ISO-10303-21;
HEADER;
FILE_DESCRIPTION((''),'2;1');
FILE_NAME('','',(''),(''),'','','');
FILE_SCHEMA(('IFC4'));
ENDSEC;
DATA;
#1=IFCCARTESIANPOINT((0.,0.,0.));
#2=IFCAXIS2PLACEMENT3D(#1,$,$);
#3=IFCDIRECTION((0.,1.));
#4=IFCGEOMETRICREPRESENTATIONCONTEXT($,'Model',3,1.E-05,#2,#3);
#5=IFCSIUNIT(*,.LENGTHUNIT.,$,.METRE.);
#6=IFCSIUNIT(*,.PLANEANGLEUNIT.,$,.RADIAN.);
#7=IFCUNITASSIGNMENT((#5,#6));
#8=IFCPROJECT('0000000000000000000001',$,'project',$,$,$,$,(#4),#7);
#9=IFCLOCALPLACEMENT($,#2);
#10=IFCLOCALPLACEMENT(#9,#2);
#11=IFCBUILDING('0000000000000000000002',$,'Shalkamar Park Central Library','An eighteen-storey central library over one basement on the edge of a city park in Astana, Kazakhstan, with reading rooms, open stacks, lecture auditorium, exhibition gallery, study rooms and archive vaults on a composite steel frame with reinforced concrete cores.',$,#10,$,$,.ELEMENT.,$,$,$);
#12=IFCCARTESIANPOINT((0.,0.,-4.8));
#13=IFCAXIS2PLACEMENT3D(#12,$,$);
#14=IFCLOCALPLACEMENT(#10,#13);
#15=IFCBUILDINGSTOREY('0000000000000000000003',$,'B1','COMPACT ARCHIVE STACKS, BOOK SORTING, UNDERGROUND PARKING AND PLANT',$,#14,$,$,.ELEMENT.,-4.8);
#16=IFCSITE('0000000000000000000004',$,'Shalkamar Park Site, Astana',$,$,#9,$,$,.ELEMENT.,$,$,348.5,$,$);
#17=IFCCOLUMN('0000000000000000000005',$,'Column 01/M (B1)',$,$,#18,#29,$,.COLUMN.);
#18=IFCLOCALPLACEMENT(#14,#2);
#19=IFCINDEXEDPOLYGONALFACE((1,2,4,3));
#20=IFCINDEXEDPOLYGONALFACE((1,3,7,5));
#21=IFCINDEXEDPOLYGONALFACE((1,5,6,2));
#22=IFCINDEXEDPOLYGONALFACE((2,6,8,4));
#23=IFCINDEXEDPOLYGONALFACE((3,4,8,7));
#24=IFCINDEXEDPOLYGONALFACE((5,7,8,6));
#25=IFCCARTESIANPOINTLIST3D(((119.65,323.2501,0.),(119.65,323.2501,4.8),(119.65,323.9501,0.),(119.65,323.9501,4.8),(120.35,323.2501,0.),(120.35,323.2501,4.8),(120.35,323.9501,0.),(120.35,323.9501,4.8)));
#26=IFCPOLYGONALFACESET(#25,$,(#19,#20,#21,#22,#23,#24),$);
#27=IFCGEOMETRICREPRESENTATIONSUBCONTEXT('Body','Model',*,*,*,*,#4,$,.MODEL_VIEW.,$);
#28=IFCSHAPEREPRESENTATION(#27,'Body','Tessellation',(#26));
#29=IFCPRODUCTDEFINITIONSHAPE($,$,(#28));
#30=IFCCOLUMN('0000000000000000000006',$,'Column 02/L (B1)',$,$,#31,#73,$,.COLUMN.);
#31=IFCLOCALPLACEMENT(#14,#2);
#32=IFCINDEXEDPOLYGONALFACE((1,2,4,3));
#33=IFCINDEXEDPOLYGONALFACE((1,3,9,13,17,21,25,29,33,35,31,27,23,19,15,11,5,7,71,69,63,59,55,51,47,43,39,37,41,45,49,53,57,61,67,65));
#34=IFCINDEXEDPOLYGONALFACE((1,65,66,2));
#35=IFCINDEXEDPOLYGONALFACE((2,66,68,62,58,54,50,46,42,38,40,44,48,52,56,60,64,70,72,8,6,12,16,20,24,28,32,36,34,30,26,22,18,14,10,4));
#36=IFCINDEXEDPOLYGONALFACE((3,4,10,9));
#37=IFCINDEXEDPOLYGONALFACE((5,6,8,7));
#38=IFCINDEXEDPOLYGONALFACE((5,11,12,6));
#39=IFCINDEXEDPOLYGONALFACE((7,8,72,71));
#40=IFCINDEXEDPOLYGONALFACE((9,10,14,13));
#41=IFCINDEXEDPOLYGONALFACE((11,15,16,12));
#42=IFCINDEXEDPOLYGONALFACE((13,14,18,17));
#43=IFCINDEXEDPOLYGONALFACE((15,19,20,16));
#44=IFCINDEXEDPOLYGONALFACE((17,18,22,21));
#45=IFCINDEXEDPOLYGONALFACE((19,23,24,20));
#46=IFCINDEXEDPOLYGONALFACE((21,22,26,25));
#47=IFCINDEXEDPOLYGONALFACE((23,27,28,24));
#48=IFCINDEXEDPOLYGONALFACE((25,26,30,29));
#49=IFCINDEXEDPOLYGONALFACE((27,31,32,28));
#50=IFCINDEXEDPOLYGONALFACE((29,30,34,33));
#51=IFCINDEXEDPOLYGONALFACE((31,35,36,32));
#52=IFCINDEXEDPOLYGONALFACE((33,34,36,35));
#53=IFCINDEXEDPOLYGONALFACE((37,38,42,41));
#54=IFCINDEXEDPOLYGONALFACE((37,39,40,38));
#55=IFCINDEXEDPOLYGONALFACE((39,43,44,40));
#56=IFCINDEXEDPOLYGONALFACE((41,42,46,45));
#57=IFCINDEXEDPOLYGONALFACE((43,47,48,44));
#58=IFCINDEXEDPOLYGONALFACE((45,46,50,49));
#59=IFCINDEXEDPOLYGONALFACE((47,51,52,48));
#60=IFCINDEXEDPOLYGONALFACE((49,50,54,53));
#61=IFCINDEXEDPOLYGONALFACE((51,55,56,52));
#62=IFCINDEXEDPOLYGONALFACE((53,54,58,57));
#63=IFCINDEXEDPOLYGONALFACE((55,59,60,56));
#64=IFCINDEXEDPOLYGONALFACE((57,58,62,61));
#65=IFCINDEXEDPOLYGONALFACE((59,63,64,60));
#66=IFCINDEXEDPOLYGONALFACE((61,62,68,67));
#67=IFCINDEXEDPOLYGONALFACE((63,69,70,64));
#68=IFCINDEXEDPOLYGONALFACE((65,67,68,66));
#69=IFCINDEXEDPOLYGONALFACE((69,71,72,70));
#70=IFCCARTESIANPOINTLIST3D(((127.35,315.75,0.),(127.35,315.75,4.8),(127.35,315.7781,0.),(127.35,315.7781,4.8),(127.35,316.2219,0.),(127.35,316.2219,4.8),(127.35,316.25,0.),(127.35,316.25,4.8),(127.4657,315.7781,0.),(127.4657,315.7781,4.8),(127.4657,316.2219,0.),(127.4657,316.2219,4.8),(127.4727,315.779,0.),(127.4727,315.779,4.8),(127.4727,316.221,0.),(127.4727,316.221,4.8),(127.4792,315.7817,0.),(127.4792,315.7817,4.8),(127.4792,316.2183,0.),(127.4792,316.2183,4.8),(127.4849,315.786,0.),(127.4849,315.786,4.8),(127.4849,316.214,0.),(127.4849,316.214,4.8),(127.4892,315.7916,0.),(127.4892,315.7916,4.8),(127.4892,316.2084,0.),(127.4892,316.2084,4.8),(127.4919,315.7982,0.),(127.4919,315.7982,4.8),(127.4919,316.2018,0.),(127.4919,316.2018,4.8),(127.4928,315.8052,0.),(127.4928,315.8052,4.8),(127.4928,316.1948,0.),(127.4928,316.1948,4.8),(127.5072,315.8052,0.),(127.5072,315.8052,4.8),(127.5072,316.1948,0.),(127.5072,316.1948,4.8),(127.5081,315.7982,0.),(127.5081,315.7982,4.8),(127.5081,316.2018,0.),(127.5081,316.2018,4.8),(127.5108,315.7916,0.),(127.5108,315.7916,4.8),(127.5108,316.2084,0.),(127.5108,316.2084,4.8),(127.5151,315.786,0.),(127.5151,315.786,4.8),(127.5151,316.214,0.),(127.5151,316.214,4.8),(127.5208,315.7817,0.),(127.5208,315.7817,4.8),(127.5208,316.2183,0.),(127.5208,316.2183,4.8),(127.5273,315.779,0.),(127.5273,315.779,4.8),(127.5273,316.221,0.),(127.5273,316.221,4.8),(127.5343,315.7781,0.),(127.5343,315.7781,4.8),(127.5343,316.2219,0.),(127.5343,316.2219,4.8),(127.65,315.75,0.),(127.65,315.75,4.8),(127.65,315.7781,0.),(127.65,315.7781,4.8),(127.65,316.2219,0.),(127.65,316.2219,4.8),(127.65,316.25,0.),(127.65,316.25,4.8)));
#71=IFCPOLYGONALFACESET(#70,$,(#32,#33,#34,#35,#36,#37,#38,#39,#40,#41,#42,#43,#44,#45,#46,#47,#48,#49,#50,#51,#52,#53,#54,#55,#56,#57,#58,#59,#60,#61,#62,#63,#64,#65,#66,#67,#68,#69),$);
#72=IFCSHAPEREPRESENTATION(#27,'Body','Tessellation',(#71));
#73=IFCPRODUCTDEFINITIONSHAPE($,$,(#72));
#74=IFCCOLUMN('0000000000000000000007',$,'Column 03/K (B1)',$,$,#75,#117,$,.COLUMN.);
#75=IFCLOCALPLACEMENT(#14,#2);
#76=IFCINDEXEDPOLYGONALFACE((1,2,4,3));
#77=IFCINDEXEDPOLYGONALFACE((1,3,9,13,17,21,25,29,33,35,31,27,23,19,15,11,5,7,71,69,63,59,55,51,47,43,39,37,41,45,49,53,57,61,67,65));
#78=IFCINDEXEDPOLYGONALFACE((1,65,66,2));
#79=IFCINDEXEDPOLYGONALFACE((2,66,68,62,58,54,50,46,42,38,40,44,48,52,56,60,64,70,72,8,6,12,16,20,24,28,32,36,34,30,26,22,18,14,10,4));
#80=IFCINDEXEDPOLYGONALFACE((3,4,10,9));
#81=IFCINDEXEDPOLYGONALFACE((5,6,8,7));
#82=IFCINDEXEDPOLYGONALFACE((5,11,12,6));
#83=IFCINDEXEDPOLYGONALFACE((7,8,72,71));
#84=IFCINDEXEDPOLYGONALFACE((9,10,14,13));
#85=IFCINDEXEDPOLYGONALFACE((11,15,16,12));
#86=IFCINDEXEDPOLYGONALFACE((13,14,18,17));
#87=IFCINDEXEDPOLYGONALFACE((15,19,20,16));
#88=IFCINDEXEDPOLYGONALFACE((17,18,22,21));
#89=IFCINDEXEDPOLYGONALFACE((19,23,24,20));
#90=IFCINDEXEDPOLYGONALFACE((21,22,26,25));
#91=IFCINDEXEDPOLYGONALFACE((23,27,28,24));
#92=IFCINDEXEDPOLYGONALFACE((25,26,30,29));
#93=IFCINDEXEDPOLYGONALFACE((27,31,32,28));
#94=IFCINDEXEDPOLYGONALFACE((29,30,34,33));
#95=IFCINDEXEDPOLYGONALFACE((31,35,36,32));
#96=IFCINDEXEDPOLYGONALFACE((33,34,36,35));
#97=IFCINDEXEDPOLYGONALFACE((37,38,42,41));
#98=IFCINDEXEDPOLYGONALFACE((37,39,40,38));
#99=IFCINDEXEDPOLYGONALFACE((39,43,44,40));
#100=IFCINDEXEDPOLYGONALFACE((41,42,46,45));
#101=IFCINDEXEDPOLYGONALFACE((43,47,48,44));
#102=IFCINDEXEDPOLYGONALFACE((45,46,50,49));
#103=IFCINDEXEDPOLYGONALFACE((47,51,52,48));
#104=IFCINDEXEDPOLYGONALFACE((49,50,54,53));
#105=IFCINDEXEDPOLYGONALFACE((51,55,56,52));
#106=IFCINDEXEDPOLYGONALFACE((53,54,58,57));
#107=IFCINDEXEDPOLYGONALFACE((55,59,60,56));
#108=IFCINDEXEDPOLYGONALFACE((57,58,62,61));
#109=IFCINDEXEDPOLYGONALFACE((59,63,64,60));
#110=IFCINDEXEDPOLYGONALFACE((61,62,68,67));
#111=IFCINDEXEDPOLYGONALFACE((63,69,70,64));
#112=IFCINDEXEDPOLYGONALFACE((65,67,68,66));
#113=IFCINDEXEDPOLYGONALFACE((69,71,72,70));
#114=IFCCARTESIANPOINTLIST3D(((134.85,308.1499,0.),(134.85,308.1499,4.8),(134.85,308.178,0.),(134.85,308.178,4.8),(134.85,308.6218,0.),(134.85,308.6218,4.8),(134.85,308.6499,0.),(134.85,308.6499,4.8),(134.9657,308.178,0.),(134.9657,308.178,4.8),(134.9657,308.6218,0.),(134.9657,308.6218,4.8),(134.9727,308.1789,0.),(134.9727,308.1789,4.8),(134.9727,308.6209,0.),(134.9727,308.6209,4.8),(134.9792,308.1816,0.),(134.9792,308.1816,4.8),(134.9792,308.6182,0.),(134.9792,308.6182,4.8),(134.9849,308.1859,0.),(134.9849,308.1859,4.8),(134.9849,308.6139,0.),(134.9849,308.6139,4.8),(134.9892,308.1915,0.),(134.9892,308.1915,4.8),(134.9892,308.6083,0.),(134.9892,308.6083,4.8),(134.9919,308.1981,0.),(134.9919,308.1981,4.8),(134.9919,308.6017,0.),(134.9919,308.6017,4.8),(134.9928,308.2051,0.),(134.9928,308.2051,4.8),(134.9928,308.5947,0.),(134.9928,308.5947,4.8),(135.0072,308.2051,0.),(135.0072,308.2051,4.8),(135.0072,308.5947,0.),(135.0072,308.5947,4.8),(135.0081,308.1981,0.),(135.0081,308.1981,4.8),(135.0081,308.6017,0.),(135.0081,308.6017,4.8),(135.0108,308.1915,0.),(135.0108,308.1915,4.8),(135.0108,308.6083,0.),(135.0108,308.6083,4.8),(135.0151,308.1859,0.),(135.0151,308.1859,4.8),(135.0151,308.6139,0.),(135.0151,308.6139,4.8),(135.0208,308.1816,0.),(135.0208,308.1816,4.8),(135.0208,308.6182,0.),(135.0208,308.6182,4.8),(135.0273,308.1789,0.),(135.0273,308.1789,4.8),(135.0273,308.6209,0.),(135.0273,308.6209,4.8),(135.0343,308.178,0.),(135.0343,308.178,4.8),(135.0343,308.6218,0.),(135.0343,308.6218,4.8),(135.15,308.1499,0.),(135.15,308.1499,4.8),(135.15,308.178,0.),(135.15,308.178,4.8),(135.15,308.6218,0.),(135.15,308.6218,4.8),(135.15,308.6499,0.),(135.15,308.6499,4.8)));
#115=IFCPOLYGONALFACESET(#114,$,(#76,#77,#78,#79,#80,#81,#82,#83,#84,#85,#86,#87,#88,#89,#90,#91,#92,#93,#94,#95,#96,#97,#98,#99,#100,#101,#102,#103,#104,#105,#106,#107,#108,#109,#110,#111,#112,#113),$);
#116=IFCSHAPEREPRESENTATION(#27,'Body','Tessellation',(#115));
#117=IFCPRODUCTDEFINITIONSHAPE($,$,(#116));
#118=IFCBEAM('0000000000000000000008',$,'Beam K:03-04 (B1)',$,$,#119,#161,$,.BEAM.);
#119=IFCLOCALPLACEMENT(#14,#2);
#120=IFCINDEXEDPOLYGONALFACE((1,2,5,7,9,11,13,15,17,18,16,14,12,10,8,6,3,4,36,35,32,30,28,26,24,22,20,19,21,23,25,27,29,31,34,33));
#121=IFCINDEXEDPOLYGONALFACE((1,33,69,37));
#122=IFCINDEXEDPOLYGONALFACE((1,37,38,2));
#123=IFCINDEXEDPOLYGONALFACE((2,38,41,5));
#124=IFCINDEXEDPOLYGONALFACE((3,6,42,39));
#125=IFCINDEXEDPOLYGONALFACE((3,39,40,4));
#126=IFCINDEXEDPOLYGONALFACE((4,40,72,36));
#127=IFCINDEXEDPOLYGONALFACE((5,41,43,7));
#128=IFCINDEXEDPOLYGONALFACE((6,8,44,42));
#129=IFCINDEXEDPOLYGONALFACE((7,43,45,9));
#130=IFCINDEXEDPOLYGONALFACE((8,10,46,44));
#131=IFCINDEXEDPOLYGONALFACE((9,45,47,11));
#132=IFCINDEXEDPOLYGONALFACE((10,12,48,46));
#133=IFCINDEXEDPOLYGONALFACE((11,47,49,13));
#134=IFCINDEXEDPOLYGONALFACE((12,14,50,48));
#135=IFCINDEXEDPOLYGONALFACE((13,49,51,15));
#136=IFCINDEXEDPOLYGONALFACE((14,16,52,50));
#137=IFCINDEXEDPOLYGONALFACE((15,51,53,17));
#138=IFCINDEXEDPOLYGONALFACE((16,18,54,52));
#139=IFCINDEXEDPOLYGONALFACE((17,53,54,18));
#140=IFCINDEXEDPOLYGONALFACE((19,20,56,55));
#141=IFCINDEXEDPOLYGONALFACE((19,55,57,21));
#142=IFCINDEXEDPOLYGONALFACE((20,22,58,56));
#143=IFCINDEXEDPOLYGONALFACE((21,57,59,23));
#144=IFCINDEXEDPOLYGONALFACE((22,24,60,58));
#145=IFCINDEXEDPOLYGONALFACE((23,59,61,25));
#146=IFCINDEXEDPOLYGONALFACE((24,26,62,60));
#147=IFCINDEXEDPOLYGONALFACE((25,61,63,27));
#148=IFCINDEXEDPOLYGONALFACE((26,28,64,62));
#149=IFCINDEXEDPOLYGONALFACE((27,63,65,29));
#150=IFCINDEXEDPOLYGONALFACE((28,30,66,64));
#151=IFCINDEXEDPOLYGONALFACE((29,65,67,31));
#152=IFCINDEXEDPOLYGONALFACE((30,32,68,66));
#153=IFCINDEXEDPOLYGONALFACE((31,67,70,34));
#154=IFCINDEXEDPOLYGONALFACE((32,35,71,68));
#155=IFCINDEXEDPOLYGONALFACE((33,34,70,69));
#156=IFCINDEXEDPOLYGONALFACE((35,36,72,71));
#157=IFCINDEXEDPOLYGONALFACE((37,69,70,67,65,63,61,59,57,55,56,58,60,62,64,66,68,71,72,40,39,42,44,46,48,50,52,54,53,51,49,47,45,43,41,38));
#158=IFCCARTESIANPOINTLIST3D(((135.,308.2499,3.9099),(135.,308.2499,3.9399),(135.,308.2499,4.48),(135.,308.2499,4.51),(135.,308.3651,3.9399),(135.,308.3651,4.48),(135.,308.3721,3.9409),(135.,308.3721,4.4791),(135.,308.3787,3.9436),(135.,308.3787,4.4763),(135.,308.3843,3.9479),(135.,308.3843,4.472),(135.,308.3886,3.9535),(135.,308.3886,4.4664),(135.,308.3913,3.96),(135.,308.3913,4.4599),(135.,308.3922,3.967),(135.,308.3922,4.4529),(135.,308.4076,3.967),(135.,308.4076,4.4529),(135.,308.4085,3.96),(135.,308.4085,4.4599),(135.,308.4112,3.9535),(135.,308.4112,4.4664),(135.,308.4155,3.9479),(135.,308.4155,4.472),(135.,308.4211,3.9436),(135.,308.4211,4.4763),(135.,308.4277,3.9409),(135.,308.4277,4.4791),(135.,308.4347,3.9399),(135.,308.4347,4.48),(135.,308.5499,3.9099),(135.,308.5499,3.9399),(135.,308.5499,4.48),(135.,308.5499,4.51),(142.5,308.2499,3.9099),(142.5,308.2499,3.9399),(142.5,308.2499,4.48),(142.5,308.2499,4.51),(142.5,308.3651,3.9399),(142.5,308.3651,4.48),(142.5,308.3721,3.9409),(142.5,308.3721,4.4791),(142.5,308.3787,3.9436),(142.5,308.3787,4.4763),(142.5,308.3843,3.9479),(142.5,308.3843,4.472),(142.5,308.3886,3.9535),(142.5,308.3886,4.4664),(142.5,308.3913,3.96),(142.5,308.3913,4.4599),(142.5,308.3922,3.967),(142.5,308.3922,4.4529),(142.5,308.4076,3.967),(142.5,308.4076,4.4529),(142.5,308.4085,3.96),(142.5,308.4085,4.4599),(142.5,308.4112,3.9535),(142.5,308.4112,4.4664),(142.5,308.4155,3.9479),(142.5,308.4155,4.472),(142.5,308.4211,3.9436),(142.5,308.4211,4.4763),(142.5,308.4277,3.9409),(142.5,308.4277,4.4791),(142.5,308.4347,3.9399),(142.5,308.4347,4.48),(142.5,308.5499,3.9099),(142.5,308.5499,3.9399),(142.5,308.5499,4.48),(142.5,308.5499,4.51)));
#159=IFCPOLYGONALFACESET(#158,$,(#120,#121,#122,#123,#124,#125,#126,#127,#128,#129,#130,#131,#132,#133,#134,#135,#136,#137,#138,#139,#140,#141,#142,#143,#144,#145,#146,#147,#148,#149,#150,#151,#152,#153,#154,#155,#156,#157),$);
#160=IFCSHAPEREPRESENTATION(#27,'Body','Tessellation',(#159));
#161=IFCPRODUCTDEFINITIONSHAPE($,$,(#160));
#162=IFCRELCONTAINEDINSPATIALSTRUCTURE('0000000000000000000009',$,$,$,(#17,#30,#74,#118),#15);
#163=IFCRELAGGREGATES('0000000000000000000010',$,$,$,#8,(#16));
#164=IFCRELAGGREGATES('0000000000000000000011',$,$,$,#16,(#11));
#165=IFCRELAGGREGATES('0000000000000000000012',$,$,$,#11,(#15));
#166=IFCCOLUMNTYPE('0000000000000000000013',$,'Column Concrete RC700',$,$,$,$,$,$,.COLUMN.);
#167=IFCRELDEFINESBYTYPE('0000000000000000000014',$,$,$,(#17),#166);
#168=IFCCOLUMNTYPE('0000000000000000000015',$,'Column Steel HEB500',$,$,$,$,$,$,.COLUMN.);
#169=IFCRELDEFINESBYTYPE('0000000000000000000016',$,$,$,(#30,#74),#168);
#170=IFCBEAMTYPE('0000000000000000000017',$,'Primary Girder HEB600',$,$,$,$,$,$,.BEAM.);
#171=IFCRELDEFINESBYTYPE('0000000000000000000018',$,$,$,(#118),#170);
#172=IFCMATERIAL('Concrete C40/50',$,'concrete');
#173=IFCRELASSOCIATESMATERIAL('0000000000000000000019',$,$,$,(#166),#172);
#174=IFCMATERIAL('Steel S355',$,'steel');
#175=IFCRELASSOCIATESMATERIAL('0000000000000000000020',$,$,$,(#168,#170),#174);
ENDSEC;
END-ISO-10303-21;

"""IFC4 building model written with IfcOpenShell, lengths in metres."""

from ifc_helpers import new_model, si_unit, direction, frame, origin, origin_2d, place, context, subcontext, project, spatial, rectangle, i_section, extrude, material, material_profile, profile_set, type_object, element, save


model = new_model("IFC4")

# Units and contexts
model_context = context("Model", 3, precision=1e-05, world=origin(), true_north=direction((0.0, 1.0)))
body_context = subcontext(model_context, "Body", "Model", "MODEL_VIEW")
ifc_project = project(units=[si_unit("LENGTHUNIT", "METRE"), si_unit("PLANEANGLEUNIT", "RADIAN")], contexts=[model_context])

# Site, building, storey
site_placement = place(None, origin())
site = spatial("IfcSite", under=ifc_project, at=site_placement, Name="Shalkamar Park Site, Astana", CompositionType="ELEMENT", RefElevation=348.5)
building_placement = place(site_placement, origin())
building = spatial("IfcBuilding", under=site, at=building_placement, Name="Shalkamar Park Central Library", Description="An eighteen-storey central library over one basement on the edge of a city park in Astana, Kazakhstan, with reading rooms, open stacks, lecture auditorium, exhibition gallery, study rooms and archive vaults on a composite steel frame with reinforced concrete cores.", CompositionType="ELEMENT")
storey_placement = place(building_placement, frame((0.0, 0.0, -4.8)))
storey = spatial("IfcBuildingStorey", under=building, at=storey_placement, Name="B1", Description="COMPACT ARCHIVE STACKS, BOOK SORTING, UNDERGROUND PARKING AND PLANT", CompositionType="ELEMENT", Elevation=-4.8)

# Columns
ifc_material_1 = material(Name="Concrete C40/50", Category="concrete")
ifc_material_profile_1 = material_profile(ifc_material_1, rectangle(XDim=0.7, YDim=0.7, at=origin_2d()), Name="RC 700x700")
ifc_profile_set_1 = profile_set([ifc_material_profile_1], Name="Concrete C40/50")
column_type_1 = type_object("IfcColumnType", Name="Column Concrete RC700", PredefinedType="COLUMN", material=ifc_profile_set_1)
column_placement = place(storey_placement, frame((120.0, 323.6001, 0.0), z_axis=(0.0, 0.0, 1.0), x_axis=(1.0, 0.0, 0.0)))
element("IfcColumn", 1, at=column_placement, inside=storey, type_object=column_type_1, Name="Column 01/M (B1)", PredefinedType="COLUMN", context=body_context, shape_type="SweptSolid", body=[
    extrude(rectangle(XDim=0.7, YDim=0.7, at=origin_2d()), origin(), (0.0, 0.0, 1.0), 4.8),
])
ifc_material_2 = material(Name="Steel S355", Category="steel")
ifc_material_profile_2 = material_profile(ifc_material_2, i_section(OverallWidth=0.3, OverallDepth=0.5, WebThickness=0.0144, FlangeThickness=0.0281, FilletRadius=0.0271, at=origin_2d()), Name="HEB 500")
ifc_profile_set_2 = profile_set([ifc_material_profile_2], Name="Steel S355")
column_type_2 = type_object("IfcColumnType", Name="Column Steel HEB500", PredefinedType="COLUMN", material=ifc_profile_set_2)
for number, where, z_axis, x_axis, name in (
    (2, (127.5, 316.0, 0.0), (0.0, 0.0, 1.0), (1.0, 0.0, 0.0), "Column 02/L (B1)"),
    (3, (135.0, 308.3999, 0.0), (0.0, 0.0, 1.0), (1.0, 0.0, 0.0), "Column 03/K (B1)"),
):
    element("IfcColumn", number, at=place(storey_placement, frame(where, z_axis=z_axis, x_axis=x_axis)), inside=storey, type_object=column_type_2, Name=name, PredefinedType="COLUMN", context=body_context, shape_type="SweptSolid", body=[
        extrude(i_section(OverallWidth=0.3, OverallDepth=0.5, WebThickness=0.0144, FlangeThickness=0.0281, FilletRadius=0.0271, at=origin_2d()), origin(), (0.0, 0.0, 1.0), 4.8),
    ])

# Beam
ifc_material_profile_3 = material_profile(ifc_material_2, i_section(OverallWidth=0.3, OverallDepth=0.6001, WebThickness=0.0154, FlangeThickness=0.03, FilletRadius=0.0271, at=origin_2d()), Name="HEB 600")
ifc_profile_set_3 = profile_set([ifc_material_profile_3], Name="Steel S355")
beam_type = type_object("IfcBeamType", Name="Primary Girder HEB600", PredefinedType="BEAM", material=ifc_profile_set_3)
for number, where, z_axis, x_axis, name in (
    (4, (135.0, 308.3999, 4.21), (1.0, 0.0, 0.0), (0.0, 1.0, 0.0), "Beam K:03-04 (B1)"),
):
    element("IfcBeam", number, at=place(storey_placement, frame(where, z_axis=z_axis, x_axis=x_axis)), inside=storey, type_object=beam_type, Name=name, PredefinedType="BEAM", context=body_context, shape_type="SweptSolid", body=[
        extrude(i_section(OverallWidth=0.3, OverallDepth=0.6001, WebThickness=0.0154, FlangeThickness=0.03, FilletRadius=0.0271, at=origin_2d()), origin(), (0.0, 0.0, 1.0), 7.5),
    ])

save(model, "model.ifc")
